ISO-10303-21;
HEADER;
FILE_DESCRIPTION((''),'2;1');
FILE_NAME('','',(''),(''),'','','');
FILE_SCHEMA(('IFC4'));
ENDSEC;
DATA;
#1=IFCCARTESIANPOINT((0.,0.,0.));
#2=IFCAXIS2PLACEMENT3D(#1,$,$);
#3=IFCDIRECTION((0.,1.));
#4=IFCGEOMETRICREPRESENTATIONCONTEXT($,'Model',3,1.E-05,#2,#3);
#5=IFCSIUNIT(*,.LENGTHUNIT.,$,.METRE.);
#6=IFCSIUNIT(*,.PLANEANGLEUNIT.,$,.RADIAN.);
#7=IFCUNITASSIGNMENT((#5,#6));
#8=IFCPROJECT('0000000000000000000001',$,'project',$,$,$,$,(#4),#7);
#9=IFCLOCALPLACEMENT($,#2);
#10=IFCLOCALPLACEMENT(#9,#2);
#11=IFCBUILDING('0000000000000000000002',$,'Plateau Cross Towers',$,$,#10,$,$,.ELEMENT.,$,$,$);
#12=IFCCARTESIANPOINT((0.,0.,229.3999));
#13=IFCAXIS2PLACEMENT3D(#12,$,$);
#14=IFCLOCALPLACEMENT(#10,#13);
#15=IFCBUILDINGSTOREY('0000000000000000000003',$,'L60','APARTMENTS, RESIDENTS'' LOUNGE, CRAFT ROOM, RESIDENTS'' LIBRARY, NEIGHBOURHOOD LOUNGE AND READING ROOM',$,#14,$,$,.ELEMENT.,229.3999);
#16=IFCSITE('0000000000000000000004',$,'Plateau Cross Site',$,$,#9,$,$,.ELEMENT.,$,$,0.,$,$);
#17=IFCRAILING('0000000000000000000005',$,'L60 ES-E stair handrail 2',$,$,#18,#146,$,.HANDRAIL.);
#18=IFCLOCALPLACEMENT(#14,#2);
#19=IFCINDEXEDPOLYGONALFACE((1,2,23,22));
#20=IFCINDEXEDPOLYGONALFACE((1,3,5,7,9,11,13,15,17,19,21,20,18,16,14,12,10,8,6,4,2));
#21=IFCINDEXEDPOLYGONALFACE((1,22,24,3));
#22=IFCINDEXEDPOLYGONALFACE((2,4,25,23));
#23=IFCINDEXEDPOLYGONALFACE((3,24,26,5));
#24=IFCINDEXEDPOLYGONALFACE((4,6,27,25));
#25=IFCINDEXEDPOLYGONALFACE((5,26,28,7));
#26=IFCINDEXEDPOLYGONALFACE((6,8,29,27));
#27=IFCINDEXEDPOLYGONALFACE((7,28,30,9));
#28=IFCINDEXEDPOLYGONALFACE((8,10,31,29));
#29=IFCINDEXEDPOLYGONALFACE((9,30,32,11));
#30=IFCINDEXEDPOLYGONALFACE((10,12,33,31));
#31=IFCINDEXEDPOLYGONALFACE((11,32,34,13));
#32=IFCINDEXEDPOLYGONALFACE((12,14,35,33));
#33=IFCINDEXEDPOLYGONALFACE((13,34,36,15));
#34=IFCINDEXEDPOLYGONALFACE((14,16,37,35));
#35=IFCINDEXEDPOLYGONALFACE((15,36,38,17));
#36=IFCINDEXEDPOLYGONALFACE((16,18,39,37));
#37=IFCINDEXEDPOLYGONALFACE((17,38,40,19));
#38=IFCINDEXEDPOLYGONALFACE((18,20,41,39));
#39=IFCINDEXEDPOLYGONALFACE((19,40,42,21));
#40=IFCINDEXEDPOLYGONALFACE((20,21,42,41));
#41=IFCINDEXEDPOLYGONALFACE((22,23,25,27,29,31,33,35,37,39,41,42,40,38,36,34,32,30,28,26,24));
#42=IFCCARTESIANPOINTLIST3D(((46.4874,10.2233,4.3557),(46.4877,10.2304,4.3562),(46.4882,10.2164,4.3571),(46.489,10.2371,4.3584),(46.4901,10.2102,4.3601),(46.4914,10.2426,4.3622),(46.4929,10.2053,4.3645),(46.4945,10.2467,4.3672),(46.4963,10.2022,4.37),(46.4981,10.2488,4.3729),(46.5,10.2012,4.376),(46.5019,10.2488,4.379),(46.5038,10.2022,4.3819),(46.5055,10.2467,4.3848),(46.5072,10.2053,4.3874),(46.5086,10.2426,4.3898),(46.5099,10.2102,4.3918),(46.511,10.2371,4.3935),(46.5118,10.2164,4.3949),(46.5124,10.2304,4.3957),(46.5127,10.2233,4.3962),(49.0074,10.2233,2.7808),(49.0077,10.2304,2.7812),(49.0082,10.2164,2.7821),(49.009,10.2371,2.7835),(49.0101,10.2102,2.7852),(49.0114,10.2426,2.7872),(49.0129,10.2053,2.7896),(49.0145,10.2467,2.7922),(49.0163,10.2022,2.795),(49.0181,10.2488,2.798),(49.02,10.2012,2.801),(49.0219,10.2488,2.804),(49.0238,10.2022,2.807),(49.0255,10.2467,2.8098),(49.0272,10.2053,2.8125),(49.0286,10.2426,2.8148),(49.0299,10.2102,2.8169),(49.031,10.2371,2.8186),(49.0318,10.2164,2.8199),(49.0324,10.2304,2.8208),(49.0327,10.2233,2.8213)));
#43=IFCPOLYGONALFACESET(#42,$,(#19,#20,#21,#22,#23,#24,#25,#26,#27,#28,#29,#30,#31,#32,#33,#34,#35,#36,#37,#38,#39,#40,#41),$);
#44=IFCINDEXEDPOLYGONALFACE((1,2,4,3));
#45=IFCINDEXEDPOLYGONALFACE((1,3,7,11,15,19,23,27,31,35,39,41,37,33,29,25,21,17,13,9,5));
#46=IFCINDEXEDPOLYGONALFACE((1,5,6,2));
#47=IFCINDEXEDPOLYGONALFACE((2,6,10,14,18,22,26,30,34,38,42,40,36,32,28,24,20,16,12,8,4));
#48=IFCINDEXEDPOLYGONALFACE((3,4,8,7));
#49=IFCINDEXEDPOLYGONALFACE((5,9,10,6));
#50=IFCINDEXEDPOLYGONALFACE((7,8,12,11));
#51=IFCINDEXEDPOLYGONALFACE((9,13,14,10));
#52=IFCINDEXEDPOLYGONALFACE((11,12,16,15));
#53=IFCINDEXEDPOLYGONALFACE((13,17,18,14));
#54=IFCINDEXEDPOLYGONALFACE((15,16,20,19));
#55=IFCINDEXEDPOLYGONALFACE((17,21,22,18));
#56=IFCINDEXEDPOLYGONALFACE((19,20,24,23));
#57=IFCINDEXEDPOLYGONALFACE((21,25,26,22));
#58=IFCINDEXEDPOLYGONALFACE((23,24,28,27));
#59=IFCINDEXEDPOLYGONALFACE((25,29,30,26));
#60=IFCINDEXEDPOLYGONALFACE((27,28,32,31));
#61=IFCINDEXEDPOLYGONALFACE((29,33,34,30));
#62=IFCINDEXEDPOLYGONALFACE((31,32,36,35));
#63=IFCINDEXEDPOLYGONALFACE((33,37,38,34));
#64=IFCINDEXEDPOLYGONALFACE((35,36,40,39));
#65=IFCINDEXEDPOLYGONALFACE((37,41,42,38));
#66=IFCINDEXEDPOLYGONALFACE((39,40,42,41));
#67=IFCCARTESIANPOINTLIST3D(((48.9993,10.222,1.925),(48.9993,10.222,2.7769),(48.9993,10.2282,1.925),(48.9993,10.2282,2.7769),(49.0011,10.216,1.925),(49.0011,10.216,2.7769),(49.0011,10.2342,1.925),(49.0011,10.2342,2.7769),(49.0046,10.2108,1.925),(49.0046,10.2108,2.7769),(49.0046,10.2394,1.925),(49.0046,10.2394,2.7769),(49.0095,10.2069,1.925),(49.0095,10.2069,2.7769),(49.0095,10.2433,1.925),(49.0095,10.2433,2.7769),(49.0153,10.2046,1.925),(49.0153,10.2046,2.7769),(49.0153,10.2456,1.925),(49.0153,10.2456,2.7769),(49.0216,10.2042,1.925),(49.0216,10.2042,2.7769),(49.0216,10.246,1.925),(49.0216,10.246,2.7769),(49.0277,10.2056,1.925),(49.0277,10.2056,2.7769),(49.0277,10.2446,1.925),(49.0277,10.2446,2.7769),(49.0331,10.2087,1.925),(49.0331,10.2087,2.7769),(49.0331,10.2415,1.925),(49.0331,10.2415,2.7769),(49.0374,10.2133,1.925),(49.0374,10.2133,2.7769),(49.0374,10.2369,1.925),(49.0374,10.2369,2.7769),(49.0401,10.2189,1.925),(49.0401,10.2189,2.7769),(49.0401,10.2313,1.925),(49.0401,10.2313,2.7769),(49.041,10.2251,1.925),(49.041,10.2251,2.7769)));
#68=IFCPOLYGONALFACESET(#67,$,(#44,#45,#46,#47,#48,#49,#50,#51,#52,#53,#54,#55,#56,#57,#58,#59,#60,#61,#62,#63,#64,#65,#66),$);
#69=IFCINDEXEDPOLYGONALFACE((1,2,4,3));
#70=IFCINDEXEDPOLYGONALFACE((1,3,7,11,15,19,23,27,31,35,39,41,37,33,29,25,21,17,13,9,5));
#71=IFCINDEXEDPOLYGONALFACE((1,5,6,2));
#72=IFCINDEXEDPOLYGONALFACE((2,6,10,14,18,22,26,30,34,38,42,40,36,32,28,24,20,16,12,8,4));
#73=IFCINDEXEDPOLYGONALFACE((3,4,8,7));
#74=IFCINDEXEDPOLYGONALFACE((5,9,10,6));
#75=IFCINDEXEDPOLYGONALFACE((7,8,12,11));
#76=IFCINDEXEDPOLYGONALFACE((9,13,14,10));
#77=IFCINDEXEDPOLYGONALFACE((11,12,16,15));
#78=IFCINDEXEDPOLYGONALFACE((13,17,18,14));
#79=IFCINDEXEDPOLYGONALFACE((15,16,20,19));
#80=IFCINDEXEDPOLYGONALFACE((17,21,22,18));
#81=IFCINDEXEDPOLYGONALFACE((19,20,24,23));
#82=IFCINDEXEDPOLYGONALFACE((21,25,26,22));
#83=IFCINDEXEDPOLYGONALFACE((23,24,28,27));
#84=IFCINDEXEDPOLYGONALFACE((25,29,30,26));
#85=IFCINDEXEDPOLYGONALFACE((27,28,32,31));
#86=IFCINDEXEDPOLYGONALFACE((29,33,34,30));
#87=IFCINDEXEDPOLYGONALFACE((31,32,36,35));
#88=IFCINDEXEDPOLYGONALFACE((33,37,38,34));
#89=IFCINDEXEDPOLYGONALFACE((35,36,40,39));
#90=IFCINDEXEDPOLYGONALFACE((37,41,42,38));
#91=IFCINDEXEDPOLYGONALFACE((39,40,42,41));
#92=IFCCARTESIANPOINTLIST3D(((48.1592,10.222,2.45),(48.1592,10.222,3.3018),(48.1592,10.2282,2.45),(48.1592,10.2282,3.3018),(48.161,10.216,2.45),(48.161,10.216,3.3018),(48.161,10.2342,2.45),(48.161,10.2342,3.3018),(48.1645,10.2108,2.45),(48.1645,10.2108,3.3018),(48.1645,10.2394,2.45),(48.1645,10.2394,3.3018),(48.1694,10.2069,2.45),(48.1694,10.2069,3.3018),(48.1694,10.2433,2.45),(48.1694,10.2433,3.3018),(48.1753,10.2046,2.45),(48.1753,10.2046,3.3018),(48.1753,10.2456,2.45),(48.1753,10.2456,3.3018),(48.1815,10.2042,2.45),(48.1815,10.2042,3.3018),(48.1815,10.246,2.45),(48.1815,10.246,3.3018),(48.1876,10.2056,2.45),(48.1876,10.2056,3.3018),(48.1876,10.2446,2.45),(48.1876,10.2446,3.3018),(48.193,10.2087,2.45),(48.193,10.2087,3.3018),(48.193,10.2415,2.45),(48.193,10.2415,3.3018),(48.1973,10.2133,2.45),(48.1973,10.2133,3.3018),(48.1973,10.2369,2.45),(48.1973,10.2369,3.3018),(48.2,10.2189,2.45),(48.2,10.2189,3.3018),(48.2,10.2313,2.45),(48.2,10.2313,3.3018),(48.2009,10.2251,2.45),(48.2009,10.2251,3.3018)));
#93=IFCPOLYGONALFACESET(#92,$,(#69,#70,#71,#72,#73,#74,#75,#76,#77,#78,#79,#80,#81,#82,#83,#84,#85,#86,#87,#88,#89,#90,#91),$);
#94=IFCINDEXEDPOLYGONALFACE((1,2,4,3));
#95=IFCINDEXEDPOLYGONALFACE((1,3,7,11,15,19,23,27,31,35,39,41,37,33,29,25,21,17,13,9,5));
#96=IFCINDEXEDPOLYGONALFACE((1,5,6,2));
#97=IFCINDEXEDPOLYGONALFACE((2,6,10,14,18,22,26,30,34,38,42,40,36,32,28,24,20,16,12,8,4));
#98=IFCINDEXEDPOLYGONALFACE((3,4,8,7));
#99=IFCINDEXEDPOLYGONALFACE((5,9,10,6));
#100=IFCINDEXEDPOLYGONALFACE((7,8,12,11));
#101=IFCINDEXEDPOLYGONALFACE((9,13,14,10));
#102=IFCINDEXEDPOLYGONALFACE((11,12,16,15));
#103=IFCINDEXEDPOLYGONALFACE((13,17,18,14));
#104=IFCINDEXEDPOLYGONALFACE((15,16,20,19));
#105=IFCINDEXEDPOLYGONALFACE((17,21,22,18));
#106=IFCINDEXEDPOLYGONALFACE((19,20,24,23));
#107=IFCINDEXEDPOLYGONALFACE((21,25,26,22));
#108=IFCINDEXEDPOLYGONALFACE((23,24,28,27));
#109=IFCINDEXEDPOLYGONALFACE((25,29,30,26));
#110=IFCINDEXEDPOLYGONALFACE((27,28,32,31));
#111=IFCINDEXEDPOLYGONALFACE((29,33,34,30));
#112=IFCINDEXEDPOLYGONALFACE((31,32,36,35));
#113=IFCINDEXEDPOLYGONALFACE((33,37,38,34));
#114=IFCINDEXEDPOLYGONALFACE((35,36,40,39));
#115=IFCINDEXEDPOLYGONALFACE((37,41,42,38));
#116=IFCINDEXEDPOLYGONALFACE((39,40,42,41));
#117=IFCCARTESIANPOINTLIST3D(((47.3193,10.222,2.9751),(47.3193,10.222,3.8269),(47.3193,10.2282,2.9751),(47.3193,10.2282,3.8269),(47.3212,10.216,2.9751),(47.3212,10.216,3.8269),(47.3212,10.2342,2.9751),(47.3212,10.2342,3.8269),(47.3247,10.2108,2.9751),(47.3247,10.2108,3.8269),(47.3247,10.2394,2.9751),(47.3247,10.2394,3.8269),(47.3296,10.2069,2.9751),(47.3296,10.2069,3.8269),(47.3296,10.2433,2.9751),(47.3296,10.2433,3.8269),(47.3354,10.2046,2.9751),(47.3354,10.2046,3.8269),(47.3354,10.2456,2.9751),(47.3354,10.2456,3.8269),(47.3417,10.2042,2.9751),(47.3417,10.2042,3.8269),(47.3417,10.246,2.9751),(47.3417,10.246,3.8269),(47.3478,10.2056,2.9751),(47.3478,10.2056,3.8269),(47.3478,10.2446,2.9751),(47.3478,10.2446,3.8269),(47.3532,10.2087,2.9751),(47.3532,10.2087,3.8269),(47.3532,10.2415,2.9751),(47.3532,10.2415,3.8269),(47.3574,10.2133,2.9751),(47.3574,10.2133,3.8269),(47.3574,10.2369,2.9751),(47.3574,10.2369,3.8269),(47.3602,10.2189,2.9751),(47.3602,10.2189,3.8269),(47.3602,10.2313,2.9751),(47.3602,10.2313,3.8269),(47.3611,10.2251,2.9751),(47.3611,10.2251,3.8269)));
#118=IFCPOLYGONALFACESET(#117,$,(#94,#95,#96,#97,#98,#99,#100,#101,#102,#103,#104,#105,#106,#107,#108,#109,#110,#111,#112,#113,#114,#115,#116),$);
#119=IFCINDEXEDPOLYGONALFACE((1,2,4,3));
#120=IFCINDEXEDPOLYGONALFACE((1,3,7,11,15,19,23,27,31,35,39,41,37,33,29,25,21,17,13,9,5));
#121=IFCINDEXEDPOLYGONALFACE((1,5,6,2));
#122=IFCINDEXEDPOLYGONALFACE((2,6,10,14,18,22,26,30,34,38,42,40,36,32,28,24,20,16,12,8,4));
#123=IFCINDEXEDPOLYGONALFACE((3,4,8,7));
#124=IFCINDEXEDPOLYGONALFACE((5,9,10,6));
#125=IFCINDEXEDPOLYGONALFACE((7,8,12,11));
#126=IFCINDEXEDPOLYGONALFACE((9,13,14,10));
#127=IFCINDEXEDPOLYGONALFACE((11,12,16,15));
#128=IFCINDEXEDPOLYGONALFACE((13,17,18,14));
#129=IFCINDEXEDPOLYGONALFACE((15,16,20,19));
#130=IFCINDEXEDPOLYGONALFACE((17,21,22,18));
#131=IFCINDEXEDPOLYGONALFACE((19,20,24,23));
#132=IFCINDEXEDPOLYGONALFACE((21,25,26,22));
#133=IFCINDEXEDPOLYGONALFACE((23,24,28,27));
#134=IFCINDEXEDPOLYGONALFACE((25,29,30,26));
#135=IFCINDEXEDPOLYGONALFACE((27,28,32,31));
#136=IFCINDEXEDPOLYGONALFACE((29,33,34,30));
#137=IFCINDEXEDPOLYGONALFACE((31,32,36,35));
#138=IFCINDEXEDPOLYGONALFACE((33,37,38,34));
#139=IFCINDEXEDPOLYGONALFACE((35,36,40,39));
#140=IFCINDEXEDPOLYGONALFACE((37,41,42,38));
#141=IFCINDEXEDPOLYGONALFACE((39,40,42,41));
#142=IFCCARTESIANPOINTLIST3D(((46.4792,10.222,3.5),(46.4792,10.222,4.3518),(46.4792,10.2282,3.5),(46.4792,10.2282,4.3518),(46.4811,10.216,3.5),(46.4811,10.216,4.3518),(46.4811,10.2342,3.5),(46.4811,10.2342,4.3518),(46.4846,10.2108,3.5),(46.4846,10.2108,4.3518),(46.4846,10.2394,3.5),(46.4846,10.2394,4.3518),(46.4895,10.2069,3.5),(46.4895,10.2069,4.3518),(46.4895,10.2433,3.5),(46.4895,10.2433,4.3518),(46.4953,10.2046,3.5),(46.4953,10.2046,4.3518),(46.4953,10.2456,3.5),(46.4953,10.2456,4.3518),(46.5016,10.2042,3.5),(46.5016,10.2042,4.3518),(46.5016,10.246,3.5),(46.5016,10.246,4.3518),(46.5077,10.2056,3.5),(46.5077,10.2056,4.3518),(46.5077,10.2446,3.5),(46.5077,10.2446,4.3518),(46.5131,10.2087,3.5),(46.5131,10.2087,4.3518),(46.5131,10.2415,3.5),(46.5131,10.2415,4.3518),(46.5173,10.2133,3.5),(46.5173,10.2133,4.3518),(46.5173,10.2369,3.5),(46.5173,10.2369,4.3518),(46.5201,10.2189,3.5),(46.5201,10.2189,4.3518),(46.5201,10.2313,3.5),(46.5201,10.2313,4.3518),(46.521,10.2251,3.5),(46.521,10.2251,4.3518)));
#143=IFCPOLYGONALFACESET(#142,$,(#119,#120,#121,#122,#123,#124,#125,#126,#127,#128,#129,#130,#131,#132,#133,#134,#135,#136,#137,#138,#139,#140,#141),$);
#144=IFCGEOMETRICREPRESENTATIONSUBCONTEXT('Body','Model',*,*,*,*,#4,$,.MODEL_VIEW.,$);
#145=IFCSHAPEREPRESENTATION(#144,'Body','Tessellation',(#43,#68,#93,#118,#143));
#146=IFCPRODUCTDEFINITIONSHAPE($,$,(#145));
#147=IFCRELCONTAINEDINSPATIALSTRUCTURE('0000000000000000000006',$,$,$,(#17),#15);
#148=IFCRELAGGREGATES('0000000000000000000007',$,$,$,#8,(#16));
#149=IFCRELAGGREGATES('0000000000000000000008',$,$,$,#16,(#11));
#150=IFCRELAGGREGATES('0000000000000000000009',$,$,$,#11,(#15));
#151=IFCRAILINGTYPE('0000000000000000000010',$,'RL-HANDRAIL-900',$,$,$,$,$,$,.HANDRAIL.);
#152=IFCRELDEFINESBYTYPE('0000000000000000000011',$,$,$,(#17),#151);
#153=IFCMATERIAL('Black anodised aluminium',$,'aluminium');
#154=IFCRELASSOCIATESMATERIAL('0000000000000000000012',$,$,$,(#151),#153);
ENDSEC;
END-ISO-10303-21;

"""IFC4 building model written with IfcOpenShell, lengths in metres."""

from ifc_helpers import new_model, si_unit, direction, frame, origin, origin_2d, place, context, subcontext, project, spatial, circle, extrude, material, type_object, element, save


model = new_model("IFC4")

# Units and contexts
model_context = context("Model", 3, precision=1e-05, world=origin(), true_north=direction((0.0, 1.0)))
body_context = subcontext(model_context, "Body", "Model", "MODEL_VIEW")
ifc_project = project(units=[si_unit("LENGTHUNIT", "METRE"), si_unit("PLANEANGLEUNIT", "RADIAN")], contexts=[model_context])

# Site, building, storey
site_placement = place(None, origin())
site = spatial("IfcSite", under=ifc_project, at=site_placement, Name="Plateau Cross Site", CompositionType="ELEMENT", RefElevation=0.0)
building_placement = place(site_placement, origin())
building = spatial("IfcBuilding", under=site, at=building_placement, Name="Plateau Cross Towers", CompositionType="ELEMENT")
storey_placement = place(building_placement, frame((0.0, 0.0, 229.3999)))
storey = spatial("IfcBuildingStorey", under=building, at=storey_placement, Name="L60", Description="APARTMENTS, RESIDENTS' LOUNGE, CRAFT ROOM, RESIDENTS' LIBRARY, NEIGHBOURHOOD LOUNGE AND READING ROOM", CompositionType="ELEMENT", Elevation=229.3999)

# Shared definitions
ifc_material_1 = material(Name="Black anodised aluminium", Category="aluminium")

# Railing
railing_type_1 = type_object("IfcRailingType", Name="RL-HANDRAIL-900", PredefinedType="HANDRAIL", material=ifc_material_1)
railing_1_placement = place(storey_placement, frame((49.02, 10.2251, 1.925)))
element("IfcRailing", 1, at=railing_1_placement, inside=storey, type_object=railing_type_1, Name="L60 ES-E stair handrail 2", PredefinedType="HANDRAIL", context=body_context, shape_type="SweptSolid", body=[
    extrude(circle(Radius=0.0239, at=origin_2d()), frame((0.0, 0.0, 0.876), z_axis=(-0.848008, 0.0, 0.529984), x_axis=(0.0, -1.0, 0.0)), (0.0, 0.0, 1.0), 2.9717),
    extrude(circle(Radius=0.021, at=origin_2d()), origin(), (0.0, 0.0, 1.0), 0.8518),
    extrude(circle(Radius=0.021, at=origin_2d()), frame((-0.8401, 0.0, 0.5249)), (0.0, 0.0, 1.0), 0.8518),
    extrude(circle(Radius=0.021, at=origin_2d()), frame((-1.6799, 0.0, 1.05)), (0.0, 0.0, 1.0), 0.8518),
    extrude(circle(Radius=0.021, at=origin_2d()), frame((-2.52, 0.0, 1.575)), (0.0, 0.0, 1.0), 0.8518),
])

save(model, "model.ifc")
